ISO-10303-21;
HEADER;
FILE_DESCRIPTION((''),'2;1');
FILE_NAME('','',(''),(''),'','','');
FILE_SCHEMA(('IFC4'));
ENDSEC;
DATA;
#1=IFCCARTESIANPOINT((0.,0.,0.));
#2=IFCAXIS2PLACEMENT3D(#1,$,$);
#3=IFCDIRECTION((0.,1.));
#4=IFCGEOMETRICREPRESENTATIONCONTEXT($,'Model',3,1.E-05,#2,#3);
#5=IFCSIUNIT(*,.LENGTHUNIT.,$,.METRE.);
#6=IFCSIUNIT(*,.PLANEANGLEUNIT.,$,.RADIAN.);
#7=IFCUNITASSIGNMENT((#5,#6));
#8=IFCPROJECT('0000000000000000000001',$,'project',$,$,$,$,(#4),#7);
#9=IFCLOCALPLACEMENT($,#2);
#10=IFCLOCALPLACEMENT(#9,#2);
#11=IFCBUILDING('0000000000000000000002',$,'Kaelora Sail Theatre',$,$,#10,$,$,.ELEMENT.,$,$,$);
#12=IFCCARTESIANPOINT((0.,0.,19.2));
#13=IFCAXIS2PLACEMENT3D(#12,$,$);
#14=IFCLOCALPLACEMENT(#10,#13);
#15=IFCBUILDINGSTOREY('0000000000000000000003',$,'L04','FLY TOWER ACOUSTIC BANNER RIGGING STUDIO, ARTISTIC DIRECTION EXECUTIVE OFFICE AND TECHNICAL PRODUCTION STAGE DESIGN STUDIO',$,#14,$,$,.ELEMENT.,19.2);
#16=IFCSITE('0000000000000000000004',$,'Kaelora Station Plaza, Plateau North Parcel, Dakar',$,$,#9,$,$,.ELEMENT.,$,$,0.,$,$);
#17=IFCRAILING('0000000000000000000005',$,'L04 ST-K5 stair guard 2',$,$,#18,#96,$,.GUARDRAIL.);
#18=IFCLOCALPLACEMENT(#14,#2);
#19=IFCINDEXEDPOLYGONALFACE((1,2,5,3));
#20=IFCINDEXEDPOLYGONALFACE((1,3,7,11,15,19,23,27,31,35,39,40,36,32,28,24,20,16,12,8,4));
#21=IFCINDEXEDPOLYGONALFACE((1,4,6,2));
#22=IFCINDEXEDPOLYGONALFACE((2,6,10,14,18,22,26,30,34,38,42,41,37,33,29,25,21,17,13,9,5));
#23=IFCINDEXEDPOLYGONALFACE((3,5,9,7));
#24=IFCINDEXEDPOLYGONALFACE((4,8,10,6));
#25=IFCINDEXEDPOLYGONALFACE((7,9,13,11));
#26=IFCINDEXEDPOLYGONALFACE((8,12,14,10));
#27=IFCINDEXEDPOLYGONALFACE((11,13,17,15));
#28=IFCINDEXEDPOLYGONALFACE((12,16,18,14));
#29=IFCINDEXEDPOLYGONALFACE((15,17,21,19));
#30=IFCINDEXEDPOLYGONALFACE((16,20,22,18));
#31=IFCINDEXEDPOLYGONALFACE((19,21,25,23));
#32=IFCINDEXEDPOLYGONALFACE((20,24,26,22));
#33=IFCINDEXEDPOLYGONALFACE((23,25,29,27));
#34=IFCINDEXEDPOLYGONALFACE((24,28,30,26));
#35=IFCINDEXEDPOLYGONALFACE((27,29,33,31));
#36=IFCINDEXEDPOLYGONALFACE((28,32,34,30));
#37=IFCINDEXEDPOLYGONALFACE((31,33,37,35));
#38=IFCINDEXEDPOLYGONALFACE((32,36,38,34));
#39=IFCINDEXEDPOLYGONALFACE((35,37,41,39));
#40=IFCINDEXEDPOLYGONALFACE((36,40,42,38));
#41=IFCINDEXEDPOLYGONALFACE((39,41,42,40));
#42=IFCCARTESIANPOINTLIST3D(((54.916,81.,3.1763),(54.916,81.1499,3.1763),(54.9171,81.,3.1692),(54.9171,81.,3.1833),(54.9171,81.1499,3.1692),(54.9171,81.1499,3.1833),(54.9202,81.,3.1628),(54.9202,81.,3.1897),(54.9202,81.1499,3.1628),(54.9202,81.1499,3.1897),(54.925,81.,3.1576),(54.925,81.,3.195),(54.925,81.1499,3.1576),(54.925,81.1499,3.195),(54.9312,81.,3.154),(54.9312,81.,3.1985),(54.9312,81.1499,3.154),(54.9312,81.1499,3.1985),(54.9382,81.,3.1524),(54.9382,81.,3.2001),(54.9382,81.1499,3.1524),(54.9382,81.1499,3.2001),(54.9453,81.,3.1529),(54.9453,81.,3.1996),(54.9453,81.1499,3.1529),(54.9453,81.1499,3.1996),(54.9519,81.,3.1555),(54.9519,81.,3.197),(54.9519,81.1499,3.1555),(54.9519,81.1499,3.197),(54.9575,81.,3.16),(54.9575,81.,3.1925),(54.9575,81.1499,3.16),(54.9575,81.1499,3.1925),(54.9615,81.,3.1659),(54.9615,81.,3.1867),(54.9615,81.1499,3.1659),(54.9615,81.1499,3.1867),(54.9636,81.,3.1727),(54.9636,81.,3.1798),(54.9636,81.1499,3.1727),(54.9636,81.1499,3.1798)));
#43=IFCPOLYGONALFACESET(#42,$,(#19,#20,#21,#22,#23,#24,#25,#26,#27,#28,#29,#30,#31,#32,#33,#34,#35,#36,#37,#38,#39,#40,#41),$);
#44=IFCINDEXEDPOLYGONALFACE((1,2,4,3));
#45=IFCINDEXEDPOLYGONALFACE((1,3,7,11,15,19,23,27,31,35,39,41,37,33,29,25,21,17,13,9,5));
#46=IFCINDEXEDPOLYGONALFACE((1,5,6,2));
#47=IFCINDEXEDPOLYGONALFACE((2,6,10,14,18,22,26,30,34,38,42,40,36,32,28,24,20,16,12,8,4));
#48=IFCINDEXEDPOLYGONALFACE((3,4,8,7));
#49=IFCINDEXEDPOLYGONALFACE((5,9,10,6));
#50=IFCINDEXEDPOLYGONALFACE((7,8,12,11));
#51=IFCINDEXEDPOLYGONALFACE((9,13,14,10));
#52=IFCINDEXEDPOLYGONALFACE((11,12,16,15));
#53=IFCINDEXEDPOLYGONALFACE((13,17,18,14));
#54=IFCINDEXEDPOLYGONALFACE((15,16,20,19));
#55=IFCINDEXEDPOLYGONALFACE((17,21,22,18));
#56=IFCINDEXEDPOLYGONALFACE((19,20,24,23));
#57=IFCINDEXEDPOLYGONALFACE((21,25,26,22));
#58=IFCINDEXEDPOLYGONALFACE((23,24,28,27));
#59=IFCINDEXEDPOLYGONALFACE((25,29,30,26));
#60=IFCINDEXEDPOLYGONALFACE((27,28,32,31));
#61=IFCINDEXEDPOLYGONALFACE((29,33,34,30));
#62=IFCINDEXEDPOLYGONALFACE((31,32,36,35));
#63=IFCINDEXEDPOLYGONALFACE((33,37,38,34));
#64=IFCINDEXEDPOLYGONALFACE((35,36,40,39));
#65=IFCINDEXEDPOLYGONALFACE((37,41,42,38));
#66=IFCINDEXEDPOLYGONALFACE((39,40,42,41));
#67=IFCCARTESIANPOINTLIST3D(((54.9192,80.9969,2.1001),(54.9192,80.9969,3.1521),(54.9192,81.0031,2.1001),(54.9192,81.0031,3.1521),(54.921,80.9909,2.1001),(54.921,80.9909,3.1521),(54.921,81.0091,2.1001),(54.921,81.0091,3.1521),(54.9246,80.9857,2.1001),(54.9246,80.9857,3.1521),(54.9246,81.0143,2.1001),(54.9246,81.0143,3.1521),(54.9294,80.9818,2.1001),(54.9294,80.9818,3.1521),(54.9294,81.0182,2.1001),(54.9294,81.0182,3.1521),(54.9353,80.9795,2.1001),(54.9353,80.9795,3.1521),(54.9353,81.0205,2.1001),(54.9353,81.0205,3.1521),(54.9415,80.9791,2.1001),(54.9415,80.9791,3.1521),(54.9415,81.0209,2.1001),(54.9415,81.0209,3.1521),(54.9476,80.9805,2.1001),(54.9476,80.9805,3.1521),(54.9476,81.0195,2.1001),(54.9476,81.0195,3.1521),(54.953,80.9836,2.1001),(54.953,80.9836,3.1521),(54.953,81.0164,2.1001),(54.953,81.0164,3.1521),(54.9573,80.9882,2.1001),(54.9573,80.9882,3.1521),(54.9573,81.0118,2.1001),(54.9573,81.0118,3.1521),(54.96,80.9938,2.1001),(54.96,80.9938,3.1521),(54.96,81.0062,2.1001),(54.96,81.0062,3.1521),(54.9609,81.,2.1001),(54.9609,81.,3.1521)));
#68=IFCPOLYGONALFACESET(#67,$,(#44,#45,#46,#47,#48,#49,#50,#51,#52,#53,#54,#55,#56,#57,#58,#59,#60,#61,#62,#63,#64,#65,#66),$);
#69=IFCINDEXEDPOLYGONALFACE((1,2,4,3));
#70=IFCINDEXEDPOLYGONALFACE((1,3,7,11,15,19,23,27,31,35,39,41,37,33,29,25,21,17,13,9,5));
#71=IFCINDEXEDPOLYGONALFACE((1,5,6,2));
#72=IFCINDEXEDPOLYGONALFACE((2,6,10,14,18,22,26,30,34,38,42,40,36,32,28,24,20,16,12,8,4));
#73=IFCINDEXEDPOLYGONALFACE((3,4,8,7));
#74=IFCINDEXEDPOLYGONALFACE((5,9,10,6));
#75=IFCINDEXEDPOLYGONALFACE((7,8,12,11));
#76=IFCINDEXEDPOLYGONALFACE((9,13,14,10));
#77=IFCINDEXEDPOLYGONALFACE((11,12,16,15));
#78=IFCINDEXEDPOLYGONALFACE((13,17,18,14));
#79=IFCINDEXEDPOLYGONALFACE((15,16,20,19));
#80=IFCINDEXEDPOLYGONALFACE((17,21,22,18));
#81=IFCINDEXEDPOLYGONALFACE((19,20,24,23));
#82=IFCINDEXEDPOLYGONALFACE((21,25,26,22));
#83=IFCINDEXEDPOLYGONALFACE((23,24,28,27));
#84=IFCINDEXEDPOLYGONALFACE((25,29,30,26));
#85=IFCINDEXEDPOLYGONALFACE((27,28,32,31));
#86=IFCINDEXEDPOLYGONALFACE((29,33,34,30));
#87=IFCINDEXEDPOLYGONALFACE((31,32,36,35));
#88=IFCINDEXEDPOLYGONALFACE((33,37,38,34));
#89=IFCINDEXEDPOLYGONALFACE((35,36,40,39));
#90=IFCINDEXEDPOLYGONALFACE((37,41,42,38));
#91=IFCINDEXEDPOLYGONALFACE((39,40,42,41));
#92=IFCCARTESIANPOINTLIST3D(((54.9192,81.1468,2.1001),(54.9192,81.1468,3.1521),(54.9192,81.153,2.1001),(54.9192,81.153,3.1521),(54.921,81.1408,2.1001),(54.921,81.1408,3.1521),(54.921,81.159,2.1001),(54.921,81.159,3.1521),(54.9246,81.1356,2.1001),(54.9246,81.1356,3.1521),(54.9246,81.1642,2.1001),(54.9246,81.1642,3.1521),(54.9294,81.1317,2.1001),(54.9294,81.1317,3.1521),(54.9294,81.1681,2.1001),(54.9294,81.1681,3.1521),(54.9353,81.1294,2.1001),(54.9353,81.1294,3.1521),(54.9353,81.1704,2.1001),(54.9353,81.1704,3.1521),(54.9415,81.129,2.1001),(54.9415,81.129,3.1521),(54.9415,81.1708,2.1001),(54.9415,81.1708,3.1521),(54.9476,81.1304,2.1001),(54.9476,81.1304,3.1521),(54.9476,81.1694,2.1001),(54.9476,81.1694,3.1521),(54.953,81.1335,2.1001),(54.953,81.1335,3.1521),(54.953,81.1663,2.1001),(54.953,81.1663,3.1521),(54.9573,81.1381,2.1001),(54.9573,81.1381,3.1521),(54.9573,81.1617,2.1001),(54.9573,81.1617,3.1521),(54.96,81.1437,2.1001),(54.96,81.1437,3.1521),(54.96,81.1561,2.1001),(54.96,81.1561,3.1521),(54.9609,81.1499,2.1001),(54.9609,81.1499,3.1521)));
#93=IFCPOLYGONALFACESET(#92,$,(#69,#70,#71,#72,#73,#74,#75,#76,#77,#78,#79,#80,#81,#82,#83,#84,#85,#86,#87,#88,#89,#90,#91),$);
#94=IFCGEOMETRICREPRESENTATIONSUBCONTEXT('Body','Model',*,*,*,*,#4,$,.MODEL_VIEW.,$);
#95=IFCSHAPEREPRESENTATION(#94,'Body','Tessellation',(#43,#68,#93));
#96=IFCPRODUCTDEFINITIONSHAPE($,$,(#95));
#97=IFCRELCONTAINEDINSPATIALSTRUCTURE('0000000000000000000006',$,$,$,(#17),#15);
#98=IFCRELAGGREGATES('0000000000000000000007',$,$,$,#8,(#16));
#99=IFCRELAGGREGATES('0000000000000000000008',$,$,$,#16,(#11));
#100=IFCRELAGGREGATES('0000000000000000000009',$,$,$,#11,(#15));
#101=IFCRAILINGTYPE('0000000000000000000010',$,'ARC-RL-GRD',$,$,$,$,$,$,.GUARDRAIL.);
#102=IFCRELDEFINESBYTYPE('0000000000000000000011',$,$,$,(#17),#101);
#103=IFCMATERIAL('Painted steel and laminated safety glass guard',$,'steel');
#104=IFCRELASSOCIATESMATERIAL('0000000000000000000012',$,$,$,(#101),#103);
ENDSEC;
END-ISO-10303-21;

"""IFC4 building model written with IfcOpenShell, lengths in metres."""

from ifc_helpers import new_model, si_unit, direction, frame, origin, origin_2d, place, context, subcontext, project, spatial, circle, extrude, material, type_object, element, save


model = new_model("IFC4")

# Units and contexts
model_context = context("Model", 3, precision=1e-05, world=origin(), true_north=direction((0.0, 1.0)))
body_context = subcontext(model_context, "Body", "Model", "MODEL_VIEW")
ifc_project = project(units=[si_unit("LENGTHUNIT", "METRE"), si_unit("PLANEANGLEUNIT", "RADIAN")], contexts=[model_context])

# Site, building, storey
site_placement = place(None, origin())
site = spatial("IfcSite", under=ifc_project, at=site_placement, Name="Kaelora Station Plaza, Plateau North Parcel, Dakar", CompositionType="ELEMENT", RefElevation=0.0)
building_placement = place(site_placement, origin())
building = spatial("IfcBuilding", under=site, at=building_placement, Name="Kaelora Sail Theatre", CompositionType="ELEMENT")
storey_placement = place(building_placement, frame((0.0, 0.0, 19.2)))
storey = spatial("IfcBuildingStorey", under=building, at=storey_placement, Name="L04", Description="FLY TOWER ACOUSTIC BANNER RIGGING STUDIO, ARTISTIC DIRECTION EXECUTIVE OFFICE AND TECHNICAL PRODUCTION STAGE DESIGN STUDIO", CompositionType="ELEMENT", Elevation=19.2)

# Railing
ifc_material_1 = material(Name="Painted steel and laminated safety glass guard", Category="steel")
railing_type_1 = type_object("IfcRailingType", Name="ARC-RL-GRD", PredefinedType="GUARDRAIL", material=ifc_material_1)
railing_1_placement = place(storey_placement, frame((54.9399, 81.0, 2.1001)))
element("IfcRailing", 1, at=railing_1_placement, inside=storey, type_object=railing_type_1, Name="L04 ST-K5 stair guard 2", PredefinedType="GUARDRAIL", context=body_context, shape_type="SweptSolid", body=[
    extrude(circle(Radius=0.0239, at=origin_2d()), frame((0.0, 0.0, 1.0762), z_axis=(0.0, 1.0, 0.0), x_axis=(-1.0, 0.0, 0.0)), (0.0, 0.0, 1.0), 0.1499),
    extrude(circle(Radius=0.021, at=origin_2d()), origin(), (0.0, 0.0, 1.0), 1.052),
    extrude(circle(Radius=0.021, at=origin_2d()), frame((0.0, 0.1499, 0.0)), (0.0, 0.0, 1.0), 1.052),
])

save(model, "model.ifc")
